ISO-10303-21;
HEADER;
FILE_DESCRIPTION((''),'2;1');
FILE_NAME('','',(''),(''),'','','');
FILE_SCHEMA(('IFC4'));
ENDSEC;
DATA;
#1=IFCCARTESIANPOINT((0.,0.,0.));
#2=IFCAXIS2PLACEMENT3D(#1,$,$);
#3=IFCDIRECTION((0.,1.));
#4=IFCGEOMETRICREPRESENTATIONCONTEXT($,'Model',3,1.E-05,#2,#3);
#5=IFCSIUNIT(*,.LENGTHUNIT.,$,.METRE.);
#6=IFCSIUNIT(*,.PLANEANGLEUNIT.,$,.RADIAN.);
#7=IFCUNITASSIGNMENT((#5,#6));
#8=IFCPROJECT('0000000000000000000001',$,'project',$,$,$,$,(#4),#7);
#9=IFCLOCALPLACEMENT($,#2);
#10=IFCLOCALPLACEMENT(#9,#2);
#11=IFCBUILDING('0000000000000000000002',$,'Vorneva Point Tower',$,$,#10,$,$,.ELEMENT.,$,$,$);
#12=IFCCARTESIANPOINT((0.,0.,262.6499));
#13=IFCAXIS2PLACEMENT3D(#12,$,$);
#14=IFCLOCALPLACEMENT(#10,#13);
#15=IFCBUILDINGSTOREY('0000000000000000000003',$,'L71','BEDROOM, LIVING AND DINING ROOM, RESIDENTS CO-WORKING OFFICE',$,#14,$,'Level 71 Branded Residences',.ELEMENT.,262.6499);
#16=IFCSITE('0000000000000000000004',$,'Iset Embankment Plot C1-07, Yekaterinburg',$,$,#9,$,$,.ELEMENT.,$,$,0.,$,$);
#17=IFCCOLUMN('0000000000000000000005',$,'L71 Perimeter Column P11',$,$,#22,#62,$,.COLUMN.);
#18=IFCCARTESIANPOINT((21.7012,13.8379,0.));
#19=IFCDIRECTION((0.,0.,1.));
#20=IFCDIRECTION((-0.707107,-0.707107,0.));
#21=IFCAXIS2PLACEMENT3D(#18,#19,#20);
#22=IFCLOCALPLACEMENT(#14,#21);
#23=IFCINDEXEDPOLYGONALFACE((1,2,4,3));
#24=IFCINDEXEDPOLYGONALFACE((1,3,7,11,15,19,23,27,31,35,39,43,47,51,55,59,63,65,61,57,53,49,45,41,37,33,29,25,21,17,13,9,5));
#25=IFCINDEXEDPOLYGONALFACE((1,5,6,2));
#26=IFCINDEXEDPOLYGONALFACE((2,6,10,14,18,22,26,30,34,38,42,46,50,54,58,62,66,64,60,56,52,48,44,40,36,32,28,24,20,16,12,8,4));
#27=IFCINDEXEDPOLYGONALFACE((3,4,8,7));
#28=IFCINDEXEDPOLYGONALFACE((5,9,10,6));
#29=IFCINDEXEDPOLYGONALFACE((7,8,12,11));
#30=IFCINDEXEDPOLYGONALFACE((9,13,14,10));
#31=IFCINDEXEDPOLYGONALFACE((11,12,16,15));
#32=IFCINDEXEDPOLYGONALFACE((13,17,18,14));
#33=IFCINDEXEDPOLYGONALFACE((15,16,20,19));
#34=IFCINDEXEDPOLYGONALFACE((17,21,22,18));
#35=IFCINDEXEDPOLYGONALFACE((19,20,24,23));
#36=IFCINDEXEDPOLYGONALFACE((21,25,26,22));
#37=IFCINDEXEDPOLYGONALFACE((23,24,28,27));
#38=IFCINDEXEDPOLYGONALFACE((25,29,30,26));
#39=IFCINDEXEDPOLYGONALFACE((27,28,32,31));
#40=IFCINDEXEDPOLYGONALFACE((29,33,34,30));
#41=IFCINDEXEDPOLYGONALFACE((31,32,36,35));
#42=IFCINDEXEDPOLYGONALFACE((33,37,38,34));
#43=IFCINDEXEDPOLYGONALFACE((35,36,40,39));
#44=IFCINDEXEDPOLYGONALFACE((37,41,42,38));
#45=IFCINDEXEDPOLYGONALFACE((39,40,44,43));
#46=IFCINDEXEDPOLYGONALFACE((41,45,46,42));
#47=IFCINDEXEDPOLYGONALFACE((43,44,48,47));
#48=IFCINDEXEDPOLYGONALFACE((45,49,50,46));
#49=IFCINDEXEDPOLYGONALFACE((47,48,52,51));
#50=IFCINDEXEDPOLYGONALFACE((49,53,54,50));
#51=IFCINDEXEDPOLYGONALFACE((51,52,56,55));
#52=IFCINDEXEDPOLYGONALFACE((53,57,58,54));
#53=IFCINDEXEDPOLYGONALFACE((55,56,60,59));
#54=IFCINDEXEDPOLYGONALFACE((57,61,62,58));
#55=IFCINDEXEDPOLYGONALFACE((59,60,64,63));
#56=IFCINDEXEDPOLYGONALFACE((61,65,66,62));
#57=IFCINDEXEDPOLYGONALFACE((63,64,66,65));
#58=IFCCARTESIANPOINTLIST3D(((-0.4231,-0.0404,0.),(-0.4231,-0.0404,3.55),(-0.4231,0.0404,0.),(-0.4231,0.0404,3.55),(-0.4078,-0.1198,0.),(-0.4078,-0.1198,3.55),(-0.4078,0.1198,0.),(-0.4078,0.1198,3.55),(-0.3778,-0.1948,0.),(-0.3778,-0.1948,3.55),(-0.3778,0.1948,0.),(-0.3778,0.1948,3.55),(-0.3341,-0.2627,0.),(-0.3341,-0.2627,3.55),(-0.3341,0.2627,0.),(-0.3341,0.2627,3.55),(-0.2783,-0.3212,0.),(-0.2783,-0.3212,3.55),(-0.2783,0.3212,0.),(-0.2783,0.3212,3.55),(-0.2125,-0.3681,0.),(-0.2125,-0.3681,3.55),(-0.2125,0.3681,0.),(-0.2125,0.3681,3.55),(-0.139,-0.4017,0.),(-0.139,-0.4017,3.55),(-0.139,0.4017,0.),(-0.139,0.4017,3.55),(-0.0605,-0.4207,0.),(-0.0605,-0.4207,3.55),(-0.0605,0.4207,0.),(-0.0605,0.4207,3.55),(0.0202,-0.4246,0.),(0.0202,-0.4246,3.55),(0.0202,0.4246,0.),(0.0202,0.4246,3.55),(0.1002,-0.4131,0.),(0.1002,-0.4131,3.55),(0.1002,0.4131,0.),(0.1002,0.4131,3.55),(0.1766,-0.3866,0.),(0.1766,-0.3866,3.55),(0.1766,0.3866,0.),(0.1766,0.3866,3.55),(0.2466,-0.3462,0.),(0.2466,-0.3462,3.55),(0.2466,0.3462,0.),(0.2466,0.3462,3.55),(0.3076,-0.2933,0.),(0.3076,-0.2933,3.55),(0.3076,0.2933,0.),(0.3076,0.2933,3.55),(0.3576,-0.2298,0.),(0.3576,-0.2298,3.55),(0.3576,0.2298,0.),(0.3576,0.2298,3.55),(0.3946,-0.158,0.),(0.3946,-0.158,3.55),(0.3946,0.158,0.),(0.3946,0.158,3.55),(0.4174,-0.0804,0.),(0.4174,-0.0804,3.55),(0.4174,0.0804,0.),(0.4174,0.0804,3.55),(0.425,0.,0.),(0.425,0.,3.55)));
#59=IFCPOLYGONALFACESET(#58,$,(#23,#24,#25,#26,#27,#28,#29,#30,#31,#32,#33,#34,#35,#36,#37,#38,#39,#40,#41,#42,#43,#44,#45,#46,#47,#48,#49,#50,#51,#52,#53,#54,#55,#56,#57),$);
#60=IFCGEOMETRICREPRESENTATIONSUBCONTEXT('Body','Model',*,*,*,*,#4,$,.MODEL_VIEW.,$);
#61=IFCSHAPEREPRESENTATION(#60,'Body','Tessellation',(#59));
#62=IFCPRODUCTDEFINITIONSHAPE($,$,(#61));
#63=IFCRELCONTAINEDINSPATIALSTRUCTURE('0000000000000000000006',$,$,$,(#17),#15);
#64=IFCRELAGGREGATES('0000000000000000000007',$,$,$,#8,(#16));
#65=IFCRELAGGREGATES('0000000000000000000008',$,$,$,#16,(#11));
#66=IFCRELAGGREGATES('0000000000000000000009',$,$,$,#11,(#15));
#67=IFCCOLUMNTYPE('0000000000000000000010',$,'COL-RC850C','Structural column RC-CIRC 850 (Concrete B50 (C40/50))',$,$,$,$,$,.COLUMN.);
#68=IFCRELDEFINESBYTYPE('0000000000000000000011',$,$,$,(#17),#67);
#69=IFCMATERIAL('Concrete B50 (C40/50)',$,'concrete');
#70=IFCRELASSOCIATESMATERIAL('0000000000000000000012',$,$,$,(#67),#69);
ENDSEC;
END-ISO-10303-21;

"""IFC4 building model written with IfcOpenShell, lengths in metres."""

from ifc_helpers import new_model, si_unit, direction, frame, origin, origin_2d, place, context, subcontext, project, spatial, circle, extrude, material, material_profile, profile_set, type_object, element, save


model = new_model("IFC4")

# Units and contexts
model_context = context("Model", 3, precision=1e-05, world=origin(), true_north=direction((0.0, 1.0)))
body_context = subcontext(model_context, "Body", "Model", "MODEL_VIEW")
ifc_project = project(units=[si_unit("LENGTHUNIT", "METRE"), si_unit("PLANEANGLEUNIT", "RADIAN")], contexts=[model_context])

# Site, building, storey
site_placement = place(None, origin())
site = spatial("IfcSite", under=ifc_project, at=site_placement, Name="Iset Embankment Plot C1-07, Yekaterinburg", CompositionType="ELEMENT", RefElevation=0.0)
building_placement = place(site_placement, origin())
building = spatial("IfcBuilding", under=site, at=building_placement, Name="Vorneva Point Tower", CompositionType="ELEMENT")
storey_placement = place(building_placement, frame((0.0, 0.0, 262.6499)))
storey = spatial("IfcBuildingStorey", under=building, at=storey_placement, Name="L71", Description="BEDROOM, LIVING AND DINING ROOM, RESIDENTS CO-WORKING OFFICE", LongName="Level 71 Branded Residences", CompositionType="ELEMENT", Elevation=262.6499)

# Column
ifc_material_1 = material(Name="Concrete B50 (C40/50)", Category="concrete")
ifc_material_profile_1 = material_profile(ifc_material_1, circle(Radius=0.425, at=origin_2d()), Name="RC-CIRC 850")
ifc_profile_set_1 = profile_set([ifc_material_profile_1], Name="Concrete B50 (C40/50)")
column_type = type_object("IfcColumnType", Name="COL-RC850C", Description="Structural column RC-CIRC 850 (Concrete B50 (C40/50))", PredefinedType="COLUMN", material=ifc_profile_set_1)
column_placement = place(storey_placement, frame((21.7012, 13.8379, 0.0), z_axis=(0.0, 0.0, 1.0), x_axis=(-0.707107, -0.707107, 0.0)))
element("IfcColumn", 1, at=column_placement, inside=storey, type_object=column_type, Name="L71 Perimeter Column P11", PredefinedType="COLUMN", context=body_context, shape_type="SweptSolid", body=[
    extrude(circle(Radius=0.425, at=origin_2d()), origin(), (0.0, 0.0, 1.0), 3.55),
])

save(model, "model.ifc")
